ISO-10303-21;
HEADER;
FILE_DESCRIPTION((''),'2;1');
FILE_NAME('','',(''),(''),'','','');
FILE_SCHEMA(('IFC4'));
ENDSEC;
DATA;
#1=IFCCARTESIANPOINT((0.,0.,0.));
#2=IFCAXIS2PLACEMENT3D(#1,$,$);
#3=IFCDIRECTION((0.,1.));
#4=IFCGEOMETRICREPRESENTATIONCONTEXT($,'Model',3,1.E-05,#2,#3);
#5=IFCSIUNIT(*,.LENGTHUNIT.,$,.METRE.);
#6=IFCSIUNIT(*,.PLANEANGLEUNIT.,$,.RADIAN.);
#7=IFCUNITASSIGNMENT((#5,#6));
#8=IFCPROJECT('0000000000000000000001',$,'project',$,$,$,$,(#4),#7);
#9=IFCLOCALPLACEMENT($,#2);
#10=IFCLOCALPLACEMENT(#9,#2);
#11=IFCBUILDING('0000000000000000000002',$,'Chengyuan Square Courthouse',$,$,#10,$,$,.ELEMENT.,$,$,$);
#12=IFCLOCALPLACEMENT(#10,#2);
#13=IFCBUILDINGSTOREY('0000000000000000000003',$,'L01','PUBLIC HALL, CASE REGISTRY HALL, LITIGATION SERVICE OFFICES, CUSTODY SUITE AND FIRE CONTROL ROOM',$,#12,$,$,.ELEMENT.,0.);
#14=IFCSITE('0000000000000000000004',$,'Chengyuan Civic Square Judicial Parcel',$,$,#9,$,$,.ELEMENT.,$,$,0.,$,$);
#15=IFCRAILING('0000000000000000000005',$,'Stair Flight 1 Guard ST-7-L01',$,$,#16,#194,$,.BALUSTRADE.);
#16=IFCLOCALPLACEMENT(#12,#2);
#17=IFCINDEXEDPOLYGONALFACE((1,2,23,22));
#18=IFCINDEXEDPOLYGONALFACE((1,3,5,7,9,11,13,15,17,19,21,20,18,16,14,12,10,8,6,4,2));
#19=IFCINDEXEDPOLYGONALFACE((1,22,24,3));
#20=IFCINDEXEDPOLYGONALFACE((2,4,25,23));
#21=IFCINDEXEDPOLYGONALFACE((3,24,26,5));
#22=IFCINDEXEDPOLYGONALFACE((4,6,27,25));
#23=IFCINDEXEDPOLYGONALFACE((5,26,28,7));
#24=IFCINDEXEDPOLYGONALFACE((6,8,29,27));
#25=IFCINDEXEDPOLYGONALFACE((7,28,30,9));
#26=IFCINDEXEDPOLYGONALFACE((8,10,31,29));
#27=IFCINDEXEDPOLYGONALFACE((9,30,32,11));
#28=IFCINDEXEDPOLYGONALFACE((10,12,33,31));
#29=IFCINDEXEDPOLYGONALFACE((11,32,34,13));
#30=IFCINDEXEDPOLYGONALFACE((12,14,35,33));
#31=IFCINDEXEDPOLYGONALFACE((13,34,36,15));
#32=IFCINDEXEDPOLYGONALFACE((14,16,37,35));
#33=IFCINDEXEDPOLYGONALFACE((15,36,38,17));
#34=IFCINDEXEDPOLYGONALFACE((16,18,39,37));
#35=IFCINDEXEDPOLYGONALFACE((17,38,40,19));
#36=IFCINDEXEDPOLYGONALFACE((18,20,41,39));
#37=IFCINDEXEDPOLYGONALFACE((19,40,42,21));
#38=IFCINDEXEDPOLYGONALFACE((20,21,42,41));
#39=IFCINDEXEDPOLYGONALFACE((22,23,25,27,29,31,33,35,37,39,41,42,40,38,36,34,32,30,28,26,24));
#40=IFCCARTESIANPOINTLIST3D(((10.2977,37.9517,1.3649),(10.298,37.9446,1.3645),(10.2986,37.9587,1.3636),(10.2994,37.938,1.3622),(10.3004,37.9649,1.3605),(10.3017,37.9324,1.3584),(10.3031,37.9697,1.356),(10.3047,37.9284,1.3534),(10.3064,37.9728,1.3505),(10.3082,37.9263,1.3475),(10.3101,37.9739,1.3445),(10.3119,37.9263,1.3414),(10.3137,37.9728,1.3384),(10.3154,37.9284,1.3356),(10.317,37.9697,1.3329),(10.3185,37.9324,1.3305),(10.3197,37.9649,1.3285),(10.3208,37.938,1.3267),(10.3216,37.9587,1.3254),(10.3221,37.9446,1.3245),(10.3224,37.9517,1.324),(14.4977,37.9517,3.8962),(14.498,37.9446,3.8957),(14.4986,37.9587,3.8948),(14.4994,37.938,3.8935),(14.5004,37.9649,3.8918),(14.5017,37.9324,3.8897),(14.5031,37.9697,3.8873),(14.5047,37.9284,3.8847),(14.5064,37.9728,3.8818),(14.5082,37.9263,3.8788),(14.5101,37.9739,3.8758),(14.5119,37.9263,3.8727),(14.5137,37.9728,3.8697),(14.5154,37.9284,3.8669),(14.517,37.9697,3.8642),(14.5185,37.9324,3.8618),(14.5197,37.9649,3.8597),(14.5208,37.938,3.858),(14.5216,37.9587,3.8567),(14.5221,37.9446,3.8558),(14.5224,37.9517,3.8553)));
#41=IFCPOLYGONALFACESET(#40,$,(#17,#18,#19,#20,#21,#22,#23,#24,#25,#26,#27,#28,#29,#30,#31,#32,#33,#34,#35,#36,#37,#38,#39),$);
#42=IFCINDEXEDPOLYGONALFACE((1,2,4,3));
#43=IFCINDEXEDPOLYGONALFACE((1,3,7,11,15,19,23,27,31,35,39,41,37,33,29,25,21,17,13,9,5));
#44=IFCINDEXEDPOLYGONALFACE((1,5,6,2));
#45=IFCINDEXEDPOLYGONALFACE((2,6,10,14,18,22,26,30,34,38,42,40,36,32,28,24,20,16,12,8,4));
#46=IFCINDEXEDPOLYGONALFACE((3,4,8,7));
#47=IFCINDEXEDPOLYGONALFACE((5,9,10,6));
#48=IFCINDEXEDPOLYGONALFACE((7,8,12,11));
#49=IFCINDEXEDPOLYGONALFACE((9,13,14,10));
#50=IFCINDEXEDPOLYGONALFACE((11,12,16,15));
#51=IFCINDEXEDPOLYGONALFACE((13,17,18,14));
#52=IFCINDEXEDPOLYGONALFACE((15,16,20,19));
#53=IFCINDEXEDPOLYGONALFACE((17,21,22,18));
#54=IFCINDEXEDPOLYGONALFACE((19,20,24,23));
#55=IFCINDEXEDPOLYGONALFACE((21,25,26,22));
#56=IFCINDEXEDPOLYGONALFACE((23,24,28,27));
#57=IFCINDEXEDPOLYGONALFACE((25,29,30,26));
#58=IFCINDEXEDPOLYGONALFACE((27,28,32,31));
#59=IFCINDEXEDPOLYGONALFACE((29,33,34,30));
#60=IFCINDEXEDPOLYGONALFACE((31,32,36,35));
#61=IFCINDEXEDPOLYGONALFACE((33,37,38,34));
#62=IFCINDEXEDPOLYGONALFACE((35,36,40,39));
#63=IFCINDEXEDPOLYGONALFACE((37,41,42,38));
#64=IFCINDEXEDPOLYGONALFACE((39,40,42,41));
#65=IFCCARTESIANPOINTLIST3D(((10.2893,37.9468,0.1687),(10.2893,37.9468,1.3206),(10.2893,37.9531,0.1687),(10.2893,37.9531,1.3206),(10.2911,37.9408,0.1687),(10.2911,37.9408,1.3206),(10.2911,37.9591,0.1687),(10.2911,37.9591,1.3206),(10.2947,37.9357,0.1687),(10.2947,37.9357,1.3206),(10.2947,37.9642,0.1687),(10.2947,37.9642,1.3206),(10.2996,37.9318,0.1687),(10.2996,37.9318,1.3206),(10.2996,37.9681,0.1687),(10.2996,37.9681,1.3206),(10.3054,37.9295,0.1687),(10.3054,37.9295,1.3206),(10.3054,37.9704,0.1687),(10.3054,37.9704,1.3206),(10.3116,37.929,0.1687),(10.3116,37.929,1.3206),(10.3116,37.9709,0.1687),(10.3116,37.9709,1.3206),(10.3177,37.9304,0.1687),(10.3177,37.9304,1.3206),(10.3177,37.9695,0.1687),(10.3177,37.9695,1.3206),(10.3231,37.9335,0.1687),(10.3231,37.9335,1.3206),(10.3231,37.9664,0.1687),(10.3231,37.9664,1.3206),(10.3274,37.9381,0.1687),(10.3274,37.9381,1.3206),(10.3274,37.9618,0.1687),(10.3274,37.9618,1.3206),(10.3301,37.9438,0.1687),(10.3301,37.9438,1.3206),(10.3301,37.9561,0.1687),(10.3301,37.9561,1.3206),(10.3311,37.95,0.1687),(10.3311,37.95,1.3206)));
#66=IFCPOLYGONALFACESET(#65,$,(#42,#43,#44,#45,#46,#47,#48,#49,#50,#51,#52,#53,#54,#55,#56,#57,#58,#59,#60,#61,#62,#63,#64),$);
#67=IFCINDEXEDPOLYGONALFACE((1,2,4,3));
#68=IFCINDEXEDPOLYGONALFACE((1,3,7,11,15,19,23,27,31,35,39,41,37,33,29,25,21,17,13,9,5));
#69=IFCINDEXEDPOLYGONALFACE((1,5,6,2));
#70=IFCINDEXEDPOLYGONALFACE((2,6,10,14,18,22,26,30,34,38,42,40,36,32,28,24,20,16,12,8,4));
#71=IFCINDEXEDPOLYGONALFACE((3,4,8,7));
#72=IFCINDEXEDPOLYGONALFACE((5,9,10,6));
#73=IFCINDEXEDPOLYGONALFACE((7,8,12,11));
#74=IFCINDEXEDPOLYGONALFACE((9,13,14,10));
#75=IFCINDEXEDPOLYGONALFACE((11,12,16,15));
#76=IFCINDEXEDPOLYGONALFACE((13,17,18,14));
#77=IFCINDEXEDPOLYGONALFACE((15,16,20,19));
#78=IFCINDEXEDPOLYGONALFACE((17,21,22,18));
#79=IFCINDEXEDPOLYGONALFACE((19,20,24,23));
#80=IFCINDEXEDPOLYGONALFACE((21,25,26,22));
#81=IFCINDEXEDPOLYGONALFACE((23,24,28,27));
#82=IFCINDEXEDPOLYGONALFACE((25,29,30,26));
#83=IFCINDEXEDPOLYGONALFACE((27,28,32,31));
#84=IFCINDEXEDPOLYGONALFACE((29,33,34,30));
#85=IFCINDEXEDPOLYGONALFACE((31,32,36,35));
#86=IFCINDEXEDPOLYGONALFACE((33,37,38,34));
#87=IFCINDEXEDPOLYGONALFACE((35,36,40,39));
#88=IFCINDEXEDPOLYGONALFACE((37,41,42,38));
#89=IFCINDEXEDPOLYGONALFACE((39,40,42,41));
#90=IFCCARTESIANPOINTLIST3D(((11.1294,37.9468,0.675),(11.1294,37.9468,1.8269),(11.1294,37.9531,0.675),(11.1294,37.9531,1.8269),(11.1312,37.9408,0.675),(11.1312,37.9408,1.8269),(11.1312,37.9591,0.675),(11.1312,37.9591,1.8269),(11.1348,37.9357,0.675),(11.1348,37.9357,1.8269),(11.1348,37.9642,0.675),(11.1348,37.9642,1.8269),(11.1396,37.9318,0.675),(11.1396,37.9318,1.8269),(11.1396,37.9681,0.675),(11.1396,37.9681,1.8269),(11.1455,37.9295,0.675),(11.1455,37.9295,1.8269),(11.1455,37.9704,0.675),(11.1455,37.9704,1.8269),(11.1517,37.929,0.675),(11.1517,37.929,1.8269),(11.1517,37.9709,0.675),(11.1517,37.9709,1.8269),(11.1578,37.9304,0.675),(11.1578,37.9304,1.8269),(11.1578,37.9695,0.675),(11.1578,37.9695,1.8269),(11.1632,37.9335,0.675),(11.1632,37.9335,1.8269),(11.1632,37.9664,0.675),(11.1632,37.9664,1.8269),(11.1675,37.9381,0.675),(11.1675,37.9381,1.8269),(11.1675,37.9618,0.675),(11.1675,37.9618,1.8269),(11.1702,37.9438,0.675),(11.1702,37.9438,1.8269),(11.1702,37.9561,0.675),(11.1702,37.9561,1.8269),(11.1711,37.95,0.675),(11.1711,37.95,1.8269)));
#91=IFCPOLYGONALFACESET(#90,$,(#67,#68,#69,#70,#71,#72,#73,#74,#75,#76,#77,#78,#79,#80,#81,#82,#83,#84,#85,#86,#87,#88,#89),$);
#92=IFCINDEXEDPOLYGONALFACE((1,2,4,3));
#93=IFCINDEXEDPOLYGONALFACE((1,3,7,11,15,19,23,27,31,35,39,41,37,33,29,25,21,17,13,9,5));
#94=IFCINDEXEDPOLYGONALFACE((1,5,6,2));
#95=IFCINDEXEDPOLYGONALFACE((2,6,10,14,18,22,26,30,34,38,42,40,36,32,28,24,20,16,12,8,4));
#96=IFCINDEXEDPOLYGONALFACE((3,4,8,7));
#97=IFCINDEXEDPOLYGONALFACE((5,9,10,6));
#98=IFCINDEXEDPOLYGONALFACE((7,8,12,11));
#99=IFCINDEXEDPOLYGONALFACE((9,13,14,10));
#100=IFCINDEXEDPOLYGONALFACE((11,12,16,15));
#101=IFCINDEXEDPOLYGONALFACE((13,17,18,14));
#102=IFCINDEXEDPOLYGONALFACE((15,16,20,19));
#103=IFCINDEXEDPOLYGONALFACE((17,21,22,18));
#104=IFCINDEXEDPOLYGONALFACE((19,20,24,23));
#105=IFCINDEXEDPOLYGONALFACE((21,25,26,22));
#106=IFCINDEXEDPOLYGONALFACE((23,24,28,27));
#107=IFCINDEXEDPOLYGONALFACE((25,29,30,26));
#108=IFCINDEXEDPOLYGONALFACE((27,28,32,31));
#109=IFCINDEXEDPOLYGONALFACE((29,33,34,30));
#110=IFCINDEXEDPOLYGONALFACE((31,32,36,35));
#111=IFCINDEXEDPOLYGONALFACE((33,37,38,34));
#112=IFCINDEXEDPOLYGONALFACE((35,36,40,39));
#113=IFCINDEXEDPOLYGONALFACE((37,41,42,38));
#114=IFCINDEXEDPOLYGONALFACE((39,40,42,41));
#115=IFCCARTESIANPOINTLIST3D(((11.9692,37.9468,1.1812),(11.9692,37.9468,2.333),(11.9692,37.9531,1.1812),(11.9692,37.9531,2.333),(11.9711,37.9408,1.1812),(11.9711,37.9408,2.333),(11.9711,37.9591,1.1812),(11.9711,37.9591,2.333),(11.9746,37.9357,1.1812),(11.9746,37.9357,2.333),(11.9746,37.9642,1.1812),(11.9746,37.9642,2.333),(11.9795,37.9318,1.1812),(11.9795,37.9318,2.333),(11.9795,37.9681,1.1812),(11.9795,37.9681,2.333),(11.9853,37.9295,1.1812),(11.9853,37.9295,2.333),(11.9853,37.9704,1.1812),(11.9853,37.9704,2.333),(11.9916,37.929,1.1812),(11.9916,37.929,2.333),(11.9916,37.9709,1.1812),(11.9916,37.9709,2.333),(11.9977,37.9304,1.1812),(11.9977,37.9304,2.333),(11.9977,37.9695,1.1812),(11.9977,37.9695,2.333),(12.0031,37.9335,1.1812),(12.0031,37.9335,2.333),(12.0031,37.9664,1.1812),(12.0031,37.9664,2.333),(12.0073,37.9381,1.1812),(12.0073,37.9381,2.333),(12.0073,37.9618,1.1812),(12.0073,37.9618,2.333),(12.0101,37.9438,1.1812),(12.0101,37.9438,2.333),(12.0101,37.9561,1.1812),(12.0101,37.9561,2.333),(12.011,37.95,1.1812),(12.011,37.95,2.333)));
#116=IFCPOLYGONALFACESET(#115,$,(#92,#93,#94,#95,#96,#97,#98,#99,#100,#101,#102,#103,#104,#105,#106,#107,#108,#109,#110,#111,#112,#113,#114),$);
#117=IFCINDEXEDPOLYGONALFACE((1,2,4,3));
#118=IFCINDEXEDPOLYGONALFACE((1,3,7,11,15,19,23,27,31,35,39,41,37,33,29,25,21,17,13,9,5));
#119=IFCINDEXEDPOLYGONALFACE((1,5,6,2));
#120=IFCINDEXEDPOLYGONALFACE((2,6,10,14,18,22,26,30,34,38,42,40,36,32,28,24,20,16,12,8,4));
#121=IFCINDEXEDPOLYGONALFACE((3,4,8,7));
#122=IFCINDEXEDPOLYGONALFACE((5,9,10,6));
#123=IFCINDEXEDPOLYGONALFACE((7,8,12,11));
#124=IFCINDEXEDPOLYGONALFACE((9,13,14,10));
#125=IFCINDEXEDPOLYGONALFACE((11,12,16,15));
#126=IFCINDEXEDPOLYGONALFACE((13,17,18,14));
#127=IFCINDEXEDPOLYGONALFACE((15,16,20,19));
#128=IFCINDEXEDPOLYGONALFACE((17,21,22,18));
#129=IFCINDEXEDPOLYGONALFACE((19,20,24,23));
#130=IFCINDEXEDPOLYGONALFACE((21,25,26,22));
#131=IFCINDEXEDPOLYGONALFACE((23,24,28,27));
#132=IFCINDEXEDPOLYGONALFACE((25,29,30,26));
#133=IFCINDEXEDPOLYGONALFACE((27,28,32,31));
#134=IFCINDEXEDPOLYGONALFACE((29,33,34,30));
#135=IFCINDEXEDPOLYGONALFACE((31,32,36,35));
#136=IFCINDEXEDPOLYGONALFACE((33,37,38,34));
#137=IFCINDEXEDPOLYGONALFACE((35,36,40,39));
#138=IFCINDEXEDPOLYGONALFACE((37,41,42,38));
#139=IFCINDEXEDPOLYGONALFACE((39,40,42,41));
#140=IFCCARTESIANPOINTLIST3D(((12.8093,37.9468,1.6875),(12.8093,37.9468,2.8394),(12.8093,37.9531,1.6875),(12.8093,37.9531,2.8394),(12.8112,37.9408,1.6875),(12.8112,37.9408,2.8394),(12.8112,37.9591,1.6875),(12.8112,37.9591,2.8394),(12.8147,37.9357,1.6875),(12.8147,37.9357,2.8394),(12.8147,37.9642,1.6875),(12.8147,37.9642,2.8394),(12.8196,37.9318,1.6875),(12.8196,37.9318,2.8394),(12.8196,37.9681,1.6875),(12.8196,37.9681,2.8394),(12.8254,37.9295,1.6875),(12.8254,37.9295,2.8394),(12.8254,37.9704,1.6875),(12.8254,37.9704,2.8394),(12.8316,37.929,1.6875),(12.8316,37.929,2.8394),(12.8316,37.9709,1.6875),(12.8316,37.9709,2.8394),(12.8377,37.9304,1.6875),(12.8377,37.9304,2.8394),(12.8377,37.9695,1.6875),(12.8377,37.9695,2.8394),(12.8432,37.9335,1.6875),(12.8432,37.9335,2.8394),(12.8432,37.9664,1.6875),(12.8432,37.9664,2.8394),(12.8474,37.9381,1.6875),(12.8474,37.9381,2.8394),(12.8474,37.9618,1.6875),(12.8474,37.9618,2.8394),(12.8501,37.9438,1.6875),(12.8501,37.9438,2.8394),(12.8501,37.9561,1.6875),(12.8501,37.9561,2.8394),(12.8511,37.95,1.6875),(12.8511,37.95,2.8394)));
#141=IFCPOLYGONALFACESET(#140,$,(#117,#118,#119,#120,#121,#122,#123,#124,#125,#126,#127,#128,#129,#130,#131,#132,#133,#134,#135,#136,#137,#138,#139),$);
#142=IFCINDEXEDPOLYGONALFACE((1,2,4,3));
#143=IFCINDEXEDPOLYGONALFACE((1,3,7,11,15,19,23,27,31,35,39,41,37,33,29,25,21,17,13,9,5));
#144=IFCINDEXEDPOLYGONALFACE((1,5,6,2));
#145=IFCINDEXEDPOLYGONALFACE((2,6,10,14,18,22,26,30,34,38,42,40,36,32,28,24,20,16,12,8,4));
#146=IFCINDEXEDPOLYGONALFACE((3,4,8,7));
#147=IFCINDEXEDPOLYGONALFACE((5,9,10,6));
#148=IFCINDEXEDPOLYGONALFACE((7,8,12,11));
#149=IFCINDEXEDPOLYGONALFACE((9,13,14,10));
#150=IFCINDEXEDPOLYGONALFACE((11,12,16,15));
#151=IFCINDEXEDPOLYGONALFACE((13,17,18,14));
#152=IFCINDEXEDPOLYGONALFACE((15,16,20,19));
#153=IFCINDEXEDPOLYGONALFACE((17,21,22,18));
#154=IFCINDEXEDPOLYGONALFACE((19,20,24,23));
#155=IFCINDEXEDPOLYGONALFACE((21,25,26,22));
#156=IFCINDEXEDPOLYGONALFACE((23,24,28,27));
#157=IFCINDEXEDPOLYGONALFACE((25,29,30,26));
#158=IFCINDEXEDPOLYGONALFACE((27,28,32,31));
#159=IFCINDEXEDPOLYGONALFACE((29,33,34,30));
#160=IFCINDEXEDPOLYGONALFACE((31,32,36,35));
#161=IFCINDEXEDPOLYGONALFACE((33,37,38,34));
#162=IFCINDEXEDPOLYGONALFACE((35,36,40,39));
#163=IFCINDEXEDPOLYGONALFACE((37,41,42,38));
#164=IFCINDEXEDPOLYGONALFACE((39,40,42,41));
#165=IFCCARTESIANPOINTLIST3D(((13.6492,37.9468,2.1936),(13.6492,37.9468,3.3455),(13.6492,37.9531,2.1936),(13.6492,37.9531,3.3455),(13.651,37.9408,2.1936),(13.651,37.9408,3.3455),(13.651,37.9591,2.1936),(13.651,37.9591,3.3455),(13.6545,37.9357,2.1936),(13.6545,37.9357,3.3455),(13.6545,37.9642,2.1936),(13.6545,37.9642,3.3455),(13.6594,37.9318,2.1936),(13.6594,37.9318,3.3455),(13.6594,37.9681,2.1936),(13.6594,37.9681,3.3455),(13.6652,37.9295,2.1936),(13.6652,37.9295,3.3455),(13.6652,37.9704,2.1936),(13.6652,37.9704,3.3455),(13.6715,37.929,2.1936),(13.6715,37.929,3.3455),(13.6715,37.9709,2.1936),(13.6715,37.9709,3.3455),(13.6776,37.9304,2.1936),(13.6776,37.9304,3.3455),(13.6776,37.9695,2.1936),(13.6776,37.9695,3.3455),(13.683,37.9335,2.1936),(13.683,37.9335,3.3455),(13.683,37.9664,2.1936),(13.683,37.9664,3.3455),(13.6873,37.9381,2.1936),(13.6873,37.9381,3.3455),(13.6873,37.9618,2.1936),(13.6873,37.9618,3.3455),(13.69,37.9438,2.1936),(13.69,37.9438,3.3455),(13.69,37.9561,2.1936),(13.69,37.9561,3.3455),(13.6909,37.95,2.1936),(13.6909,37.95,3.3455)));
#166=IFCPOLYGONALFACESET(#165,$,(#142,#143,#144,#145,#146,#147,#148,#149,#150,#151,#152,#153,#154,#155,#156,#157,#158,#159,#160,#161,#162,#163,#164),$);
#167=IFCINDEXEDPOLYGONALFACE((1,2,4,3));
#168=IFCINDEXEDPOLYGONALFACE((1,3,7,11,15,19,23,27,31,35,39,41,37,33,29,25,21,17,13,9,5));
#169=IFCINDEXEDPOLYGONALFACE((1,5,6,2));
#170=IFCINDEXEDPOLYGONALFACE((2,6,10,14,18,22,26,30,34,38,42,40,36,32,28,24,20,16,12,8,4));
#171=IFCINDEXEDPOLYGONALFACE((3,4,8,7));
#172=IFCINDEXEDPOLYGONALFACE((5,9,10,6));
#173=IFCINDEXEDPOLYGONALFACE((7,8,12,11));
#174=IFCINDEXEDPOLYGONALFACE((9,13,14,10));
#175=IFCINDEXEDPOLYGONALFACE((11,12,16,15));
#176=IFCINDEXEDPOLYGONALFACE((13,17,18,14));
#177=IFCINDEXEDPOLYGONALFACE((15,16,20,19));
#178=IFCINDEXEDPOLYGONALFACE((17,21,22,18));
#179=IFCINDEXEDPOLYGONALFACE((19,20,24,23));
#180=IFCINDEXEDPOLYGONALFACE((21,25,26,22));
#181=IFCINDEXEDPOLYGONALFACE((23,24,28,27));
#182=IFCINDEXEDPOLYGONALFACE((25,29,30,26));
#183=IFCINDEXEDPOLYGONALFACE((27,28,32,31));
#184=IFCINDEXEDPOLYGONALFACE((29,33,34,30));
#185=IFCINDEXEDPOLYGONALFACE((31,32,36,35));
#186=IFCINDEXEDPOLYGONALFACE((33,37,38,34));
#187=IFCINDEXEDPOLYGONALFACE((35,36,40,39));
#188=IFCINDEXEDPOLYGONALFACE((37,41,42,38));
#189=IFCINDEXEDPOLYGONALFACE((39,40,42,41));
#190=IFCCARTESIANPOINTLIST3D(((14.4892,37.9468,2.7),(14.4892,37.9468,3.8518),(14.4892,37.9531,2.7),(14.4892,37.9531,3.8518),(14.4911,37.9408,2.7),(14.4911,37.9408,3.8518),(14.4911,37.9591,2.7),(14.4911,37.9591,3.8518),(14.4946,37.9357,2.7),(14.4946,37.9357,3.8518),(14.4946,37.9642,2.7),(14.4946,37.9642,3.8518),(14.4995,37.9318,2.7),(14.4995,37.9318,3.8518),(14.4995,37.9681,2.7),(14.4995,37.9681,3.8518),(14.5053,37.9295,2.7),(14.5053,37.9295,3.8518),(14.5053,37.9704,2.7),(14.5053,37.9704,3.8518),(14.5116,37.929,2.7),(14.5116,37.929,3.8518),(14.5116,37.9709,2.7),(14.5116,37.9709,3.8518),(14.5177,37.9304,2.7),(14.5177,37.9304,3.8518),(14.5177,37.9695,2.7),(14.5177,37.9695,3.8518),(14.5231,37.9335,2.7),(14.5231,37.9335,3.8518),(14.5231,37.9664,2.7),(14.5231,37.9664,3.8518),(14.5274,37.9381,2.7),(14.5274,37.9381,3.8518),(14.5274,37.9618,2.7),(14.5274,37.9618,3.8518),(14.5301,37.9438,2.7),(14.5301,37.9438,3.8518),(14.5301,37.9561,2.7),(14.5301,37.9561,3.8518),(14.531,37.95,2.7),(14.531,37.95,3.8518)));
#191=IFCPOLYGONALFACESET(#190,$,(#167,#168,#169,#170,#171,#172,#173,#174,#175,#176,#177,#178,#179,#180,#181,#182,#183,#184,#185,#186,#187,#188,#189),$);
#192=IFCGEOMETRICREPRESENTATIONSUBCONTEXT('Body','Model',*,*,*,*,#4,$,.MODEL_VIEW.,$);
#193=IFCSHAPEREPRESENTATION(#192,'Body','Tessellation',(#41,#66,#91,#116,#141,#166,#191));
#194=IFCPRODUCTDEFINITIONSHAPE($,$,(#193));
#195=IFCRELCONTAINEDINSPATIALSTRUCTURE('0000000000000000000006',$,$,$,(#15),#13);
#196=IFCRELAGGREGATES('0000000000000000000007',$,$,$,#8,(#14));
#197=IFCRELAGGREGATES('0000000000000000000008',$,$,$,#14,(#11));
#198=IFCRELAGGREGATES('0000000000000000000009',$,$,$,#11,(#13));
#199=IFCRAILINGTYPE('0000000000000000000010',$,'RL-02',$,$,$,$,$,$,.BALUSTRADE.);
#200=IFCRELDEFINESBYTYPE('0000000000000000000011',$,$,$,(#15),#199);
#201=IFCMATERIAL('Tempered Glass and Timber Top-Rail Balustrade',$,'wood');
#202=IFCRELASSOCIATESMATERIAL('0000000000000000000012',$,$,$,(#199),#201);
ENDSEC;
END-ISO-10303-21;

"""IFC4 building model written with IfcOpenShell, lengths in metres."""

from ifc_helpers import new_model, si_unit, direction, frame, origin, origin_2d, place, context, subcontext, project, spatial, circle, extrude, material, type_object, element, save


model = new_model("IFC4")

# Units and contexts
model_context = context("Model", 3, precision=1e-05, world=origin(), true_north=direction((0.0, 1.0)))
body_context = subcontext(model_context, "Body", "Model", "MODEL_VIEW")
ifc_project = project(units=[si_unit("LENGTHUNIT", "METRE"), si_unit("PLANEANGLEUNIT", "RADIAN")], contexts=[model_context])

# Site, building, storey
site_placement = place(None, origin())
site = spatial("IfcSite", under=ifc_project, at=site_placement, Name="Chengyuan Civic Square Judicial Parcel", CompositionType="ELEMENT", RefElevation=0.0)
building_placement = place(site_placement, origin())
building = spatial("IfcBuilding", under=site, at=building_placement, Name="Chengyuan Square Courthouse", CompositionType="ELEMENT")
storey_placement = place(building_placement, origin())
storey = spatial("IfcBuildingStorey", under=building, at=storey_placement, Name="L01", Description="PUBLIC HALL, CASE REGISTRY HALL, LITIGATION SERVICE OFFICES, CUSTODY SUITE AND FIRE CONTROL ROOM", CompositionType="ELEMENT", Elevation=0.0)

# Railing
ifc_material_1 = material(Name="Tempered Glass and Timber Top-Rail Balustrade", Category="wood")
railing_type_1 = type_object("IfcRailingType", Name="RL-02", PredefinedType="BALUSTRADE", material=ifc_material_1)
railing_1_placement = place(storey_placement, frame((10.3101, 37.95, 0.1687)))
element("IfcRailing", 1, at=railing_1_placement, inside=storey, type_object=railing_type_1, Name="Stair Flight 1 Guard ST-7-L01", PredefinedType="BALUSTRADE", context=body_context, shape_type="SweptSolid", body=[
    extrude(circle(Radius=0.0239, at=origin_2d()), frame((0.0, 0.0, 1.1758), z_axis=(0.856476, 0.0, 0.516186), x_axis=(0.0, 1.0, 0.0)), (0.0, 0.0, 1.0), 4.9038),
    extrude(circle(Radius=0.021, at=origin_2d()), origin(), (0.0, 0.0, 1.0), 1.1519),
    extrude(circle(Radius=0.021, at=origin_2d()), frame((0.8401, 0.0, 0.5063)), (0.0, 0.0, 1.0), 1.1519),
    extrude(circle(Radius=0.021, at=origin_2d()), frame((1.6799, 0.0, 1.0125)), (0.0, 0.0, 1.0), 1.1519),
    extrude(circle(Radius=0.021, at=origin_2d()), frame((2.52, 0.0, 1.5188)), (0.0, 0.0, 1.0), 1.1519),
    extrude(circle(Radius=0.021, at=origin_2d()), frame((3.3599, 0.0, 2.0249)), (0.0, 0.0, 1.0), 1.1519),
    extrude(circle(Radius=0.021, at=origin_2d()), frame((4.2, 0.0, 2.5312)), (0.0, 0.0, 1.0), 1.1519),
])

save(model, "model.ifc")
